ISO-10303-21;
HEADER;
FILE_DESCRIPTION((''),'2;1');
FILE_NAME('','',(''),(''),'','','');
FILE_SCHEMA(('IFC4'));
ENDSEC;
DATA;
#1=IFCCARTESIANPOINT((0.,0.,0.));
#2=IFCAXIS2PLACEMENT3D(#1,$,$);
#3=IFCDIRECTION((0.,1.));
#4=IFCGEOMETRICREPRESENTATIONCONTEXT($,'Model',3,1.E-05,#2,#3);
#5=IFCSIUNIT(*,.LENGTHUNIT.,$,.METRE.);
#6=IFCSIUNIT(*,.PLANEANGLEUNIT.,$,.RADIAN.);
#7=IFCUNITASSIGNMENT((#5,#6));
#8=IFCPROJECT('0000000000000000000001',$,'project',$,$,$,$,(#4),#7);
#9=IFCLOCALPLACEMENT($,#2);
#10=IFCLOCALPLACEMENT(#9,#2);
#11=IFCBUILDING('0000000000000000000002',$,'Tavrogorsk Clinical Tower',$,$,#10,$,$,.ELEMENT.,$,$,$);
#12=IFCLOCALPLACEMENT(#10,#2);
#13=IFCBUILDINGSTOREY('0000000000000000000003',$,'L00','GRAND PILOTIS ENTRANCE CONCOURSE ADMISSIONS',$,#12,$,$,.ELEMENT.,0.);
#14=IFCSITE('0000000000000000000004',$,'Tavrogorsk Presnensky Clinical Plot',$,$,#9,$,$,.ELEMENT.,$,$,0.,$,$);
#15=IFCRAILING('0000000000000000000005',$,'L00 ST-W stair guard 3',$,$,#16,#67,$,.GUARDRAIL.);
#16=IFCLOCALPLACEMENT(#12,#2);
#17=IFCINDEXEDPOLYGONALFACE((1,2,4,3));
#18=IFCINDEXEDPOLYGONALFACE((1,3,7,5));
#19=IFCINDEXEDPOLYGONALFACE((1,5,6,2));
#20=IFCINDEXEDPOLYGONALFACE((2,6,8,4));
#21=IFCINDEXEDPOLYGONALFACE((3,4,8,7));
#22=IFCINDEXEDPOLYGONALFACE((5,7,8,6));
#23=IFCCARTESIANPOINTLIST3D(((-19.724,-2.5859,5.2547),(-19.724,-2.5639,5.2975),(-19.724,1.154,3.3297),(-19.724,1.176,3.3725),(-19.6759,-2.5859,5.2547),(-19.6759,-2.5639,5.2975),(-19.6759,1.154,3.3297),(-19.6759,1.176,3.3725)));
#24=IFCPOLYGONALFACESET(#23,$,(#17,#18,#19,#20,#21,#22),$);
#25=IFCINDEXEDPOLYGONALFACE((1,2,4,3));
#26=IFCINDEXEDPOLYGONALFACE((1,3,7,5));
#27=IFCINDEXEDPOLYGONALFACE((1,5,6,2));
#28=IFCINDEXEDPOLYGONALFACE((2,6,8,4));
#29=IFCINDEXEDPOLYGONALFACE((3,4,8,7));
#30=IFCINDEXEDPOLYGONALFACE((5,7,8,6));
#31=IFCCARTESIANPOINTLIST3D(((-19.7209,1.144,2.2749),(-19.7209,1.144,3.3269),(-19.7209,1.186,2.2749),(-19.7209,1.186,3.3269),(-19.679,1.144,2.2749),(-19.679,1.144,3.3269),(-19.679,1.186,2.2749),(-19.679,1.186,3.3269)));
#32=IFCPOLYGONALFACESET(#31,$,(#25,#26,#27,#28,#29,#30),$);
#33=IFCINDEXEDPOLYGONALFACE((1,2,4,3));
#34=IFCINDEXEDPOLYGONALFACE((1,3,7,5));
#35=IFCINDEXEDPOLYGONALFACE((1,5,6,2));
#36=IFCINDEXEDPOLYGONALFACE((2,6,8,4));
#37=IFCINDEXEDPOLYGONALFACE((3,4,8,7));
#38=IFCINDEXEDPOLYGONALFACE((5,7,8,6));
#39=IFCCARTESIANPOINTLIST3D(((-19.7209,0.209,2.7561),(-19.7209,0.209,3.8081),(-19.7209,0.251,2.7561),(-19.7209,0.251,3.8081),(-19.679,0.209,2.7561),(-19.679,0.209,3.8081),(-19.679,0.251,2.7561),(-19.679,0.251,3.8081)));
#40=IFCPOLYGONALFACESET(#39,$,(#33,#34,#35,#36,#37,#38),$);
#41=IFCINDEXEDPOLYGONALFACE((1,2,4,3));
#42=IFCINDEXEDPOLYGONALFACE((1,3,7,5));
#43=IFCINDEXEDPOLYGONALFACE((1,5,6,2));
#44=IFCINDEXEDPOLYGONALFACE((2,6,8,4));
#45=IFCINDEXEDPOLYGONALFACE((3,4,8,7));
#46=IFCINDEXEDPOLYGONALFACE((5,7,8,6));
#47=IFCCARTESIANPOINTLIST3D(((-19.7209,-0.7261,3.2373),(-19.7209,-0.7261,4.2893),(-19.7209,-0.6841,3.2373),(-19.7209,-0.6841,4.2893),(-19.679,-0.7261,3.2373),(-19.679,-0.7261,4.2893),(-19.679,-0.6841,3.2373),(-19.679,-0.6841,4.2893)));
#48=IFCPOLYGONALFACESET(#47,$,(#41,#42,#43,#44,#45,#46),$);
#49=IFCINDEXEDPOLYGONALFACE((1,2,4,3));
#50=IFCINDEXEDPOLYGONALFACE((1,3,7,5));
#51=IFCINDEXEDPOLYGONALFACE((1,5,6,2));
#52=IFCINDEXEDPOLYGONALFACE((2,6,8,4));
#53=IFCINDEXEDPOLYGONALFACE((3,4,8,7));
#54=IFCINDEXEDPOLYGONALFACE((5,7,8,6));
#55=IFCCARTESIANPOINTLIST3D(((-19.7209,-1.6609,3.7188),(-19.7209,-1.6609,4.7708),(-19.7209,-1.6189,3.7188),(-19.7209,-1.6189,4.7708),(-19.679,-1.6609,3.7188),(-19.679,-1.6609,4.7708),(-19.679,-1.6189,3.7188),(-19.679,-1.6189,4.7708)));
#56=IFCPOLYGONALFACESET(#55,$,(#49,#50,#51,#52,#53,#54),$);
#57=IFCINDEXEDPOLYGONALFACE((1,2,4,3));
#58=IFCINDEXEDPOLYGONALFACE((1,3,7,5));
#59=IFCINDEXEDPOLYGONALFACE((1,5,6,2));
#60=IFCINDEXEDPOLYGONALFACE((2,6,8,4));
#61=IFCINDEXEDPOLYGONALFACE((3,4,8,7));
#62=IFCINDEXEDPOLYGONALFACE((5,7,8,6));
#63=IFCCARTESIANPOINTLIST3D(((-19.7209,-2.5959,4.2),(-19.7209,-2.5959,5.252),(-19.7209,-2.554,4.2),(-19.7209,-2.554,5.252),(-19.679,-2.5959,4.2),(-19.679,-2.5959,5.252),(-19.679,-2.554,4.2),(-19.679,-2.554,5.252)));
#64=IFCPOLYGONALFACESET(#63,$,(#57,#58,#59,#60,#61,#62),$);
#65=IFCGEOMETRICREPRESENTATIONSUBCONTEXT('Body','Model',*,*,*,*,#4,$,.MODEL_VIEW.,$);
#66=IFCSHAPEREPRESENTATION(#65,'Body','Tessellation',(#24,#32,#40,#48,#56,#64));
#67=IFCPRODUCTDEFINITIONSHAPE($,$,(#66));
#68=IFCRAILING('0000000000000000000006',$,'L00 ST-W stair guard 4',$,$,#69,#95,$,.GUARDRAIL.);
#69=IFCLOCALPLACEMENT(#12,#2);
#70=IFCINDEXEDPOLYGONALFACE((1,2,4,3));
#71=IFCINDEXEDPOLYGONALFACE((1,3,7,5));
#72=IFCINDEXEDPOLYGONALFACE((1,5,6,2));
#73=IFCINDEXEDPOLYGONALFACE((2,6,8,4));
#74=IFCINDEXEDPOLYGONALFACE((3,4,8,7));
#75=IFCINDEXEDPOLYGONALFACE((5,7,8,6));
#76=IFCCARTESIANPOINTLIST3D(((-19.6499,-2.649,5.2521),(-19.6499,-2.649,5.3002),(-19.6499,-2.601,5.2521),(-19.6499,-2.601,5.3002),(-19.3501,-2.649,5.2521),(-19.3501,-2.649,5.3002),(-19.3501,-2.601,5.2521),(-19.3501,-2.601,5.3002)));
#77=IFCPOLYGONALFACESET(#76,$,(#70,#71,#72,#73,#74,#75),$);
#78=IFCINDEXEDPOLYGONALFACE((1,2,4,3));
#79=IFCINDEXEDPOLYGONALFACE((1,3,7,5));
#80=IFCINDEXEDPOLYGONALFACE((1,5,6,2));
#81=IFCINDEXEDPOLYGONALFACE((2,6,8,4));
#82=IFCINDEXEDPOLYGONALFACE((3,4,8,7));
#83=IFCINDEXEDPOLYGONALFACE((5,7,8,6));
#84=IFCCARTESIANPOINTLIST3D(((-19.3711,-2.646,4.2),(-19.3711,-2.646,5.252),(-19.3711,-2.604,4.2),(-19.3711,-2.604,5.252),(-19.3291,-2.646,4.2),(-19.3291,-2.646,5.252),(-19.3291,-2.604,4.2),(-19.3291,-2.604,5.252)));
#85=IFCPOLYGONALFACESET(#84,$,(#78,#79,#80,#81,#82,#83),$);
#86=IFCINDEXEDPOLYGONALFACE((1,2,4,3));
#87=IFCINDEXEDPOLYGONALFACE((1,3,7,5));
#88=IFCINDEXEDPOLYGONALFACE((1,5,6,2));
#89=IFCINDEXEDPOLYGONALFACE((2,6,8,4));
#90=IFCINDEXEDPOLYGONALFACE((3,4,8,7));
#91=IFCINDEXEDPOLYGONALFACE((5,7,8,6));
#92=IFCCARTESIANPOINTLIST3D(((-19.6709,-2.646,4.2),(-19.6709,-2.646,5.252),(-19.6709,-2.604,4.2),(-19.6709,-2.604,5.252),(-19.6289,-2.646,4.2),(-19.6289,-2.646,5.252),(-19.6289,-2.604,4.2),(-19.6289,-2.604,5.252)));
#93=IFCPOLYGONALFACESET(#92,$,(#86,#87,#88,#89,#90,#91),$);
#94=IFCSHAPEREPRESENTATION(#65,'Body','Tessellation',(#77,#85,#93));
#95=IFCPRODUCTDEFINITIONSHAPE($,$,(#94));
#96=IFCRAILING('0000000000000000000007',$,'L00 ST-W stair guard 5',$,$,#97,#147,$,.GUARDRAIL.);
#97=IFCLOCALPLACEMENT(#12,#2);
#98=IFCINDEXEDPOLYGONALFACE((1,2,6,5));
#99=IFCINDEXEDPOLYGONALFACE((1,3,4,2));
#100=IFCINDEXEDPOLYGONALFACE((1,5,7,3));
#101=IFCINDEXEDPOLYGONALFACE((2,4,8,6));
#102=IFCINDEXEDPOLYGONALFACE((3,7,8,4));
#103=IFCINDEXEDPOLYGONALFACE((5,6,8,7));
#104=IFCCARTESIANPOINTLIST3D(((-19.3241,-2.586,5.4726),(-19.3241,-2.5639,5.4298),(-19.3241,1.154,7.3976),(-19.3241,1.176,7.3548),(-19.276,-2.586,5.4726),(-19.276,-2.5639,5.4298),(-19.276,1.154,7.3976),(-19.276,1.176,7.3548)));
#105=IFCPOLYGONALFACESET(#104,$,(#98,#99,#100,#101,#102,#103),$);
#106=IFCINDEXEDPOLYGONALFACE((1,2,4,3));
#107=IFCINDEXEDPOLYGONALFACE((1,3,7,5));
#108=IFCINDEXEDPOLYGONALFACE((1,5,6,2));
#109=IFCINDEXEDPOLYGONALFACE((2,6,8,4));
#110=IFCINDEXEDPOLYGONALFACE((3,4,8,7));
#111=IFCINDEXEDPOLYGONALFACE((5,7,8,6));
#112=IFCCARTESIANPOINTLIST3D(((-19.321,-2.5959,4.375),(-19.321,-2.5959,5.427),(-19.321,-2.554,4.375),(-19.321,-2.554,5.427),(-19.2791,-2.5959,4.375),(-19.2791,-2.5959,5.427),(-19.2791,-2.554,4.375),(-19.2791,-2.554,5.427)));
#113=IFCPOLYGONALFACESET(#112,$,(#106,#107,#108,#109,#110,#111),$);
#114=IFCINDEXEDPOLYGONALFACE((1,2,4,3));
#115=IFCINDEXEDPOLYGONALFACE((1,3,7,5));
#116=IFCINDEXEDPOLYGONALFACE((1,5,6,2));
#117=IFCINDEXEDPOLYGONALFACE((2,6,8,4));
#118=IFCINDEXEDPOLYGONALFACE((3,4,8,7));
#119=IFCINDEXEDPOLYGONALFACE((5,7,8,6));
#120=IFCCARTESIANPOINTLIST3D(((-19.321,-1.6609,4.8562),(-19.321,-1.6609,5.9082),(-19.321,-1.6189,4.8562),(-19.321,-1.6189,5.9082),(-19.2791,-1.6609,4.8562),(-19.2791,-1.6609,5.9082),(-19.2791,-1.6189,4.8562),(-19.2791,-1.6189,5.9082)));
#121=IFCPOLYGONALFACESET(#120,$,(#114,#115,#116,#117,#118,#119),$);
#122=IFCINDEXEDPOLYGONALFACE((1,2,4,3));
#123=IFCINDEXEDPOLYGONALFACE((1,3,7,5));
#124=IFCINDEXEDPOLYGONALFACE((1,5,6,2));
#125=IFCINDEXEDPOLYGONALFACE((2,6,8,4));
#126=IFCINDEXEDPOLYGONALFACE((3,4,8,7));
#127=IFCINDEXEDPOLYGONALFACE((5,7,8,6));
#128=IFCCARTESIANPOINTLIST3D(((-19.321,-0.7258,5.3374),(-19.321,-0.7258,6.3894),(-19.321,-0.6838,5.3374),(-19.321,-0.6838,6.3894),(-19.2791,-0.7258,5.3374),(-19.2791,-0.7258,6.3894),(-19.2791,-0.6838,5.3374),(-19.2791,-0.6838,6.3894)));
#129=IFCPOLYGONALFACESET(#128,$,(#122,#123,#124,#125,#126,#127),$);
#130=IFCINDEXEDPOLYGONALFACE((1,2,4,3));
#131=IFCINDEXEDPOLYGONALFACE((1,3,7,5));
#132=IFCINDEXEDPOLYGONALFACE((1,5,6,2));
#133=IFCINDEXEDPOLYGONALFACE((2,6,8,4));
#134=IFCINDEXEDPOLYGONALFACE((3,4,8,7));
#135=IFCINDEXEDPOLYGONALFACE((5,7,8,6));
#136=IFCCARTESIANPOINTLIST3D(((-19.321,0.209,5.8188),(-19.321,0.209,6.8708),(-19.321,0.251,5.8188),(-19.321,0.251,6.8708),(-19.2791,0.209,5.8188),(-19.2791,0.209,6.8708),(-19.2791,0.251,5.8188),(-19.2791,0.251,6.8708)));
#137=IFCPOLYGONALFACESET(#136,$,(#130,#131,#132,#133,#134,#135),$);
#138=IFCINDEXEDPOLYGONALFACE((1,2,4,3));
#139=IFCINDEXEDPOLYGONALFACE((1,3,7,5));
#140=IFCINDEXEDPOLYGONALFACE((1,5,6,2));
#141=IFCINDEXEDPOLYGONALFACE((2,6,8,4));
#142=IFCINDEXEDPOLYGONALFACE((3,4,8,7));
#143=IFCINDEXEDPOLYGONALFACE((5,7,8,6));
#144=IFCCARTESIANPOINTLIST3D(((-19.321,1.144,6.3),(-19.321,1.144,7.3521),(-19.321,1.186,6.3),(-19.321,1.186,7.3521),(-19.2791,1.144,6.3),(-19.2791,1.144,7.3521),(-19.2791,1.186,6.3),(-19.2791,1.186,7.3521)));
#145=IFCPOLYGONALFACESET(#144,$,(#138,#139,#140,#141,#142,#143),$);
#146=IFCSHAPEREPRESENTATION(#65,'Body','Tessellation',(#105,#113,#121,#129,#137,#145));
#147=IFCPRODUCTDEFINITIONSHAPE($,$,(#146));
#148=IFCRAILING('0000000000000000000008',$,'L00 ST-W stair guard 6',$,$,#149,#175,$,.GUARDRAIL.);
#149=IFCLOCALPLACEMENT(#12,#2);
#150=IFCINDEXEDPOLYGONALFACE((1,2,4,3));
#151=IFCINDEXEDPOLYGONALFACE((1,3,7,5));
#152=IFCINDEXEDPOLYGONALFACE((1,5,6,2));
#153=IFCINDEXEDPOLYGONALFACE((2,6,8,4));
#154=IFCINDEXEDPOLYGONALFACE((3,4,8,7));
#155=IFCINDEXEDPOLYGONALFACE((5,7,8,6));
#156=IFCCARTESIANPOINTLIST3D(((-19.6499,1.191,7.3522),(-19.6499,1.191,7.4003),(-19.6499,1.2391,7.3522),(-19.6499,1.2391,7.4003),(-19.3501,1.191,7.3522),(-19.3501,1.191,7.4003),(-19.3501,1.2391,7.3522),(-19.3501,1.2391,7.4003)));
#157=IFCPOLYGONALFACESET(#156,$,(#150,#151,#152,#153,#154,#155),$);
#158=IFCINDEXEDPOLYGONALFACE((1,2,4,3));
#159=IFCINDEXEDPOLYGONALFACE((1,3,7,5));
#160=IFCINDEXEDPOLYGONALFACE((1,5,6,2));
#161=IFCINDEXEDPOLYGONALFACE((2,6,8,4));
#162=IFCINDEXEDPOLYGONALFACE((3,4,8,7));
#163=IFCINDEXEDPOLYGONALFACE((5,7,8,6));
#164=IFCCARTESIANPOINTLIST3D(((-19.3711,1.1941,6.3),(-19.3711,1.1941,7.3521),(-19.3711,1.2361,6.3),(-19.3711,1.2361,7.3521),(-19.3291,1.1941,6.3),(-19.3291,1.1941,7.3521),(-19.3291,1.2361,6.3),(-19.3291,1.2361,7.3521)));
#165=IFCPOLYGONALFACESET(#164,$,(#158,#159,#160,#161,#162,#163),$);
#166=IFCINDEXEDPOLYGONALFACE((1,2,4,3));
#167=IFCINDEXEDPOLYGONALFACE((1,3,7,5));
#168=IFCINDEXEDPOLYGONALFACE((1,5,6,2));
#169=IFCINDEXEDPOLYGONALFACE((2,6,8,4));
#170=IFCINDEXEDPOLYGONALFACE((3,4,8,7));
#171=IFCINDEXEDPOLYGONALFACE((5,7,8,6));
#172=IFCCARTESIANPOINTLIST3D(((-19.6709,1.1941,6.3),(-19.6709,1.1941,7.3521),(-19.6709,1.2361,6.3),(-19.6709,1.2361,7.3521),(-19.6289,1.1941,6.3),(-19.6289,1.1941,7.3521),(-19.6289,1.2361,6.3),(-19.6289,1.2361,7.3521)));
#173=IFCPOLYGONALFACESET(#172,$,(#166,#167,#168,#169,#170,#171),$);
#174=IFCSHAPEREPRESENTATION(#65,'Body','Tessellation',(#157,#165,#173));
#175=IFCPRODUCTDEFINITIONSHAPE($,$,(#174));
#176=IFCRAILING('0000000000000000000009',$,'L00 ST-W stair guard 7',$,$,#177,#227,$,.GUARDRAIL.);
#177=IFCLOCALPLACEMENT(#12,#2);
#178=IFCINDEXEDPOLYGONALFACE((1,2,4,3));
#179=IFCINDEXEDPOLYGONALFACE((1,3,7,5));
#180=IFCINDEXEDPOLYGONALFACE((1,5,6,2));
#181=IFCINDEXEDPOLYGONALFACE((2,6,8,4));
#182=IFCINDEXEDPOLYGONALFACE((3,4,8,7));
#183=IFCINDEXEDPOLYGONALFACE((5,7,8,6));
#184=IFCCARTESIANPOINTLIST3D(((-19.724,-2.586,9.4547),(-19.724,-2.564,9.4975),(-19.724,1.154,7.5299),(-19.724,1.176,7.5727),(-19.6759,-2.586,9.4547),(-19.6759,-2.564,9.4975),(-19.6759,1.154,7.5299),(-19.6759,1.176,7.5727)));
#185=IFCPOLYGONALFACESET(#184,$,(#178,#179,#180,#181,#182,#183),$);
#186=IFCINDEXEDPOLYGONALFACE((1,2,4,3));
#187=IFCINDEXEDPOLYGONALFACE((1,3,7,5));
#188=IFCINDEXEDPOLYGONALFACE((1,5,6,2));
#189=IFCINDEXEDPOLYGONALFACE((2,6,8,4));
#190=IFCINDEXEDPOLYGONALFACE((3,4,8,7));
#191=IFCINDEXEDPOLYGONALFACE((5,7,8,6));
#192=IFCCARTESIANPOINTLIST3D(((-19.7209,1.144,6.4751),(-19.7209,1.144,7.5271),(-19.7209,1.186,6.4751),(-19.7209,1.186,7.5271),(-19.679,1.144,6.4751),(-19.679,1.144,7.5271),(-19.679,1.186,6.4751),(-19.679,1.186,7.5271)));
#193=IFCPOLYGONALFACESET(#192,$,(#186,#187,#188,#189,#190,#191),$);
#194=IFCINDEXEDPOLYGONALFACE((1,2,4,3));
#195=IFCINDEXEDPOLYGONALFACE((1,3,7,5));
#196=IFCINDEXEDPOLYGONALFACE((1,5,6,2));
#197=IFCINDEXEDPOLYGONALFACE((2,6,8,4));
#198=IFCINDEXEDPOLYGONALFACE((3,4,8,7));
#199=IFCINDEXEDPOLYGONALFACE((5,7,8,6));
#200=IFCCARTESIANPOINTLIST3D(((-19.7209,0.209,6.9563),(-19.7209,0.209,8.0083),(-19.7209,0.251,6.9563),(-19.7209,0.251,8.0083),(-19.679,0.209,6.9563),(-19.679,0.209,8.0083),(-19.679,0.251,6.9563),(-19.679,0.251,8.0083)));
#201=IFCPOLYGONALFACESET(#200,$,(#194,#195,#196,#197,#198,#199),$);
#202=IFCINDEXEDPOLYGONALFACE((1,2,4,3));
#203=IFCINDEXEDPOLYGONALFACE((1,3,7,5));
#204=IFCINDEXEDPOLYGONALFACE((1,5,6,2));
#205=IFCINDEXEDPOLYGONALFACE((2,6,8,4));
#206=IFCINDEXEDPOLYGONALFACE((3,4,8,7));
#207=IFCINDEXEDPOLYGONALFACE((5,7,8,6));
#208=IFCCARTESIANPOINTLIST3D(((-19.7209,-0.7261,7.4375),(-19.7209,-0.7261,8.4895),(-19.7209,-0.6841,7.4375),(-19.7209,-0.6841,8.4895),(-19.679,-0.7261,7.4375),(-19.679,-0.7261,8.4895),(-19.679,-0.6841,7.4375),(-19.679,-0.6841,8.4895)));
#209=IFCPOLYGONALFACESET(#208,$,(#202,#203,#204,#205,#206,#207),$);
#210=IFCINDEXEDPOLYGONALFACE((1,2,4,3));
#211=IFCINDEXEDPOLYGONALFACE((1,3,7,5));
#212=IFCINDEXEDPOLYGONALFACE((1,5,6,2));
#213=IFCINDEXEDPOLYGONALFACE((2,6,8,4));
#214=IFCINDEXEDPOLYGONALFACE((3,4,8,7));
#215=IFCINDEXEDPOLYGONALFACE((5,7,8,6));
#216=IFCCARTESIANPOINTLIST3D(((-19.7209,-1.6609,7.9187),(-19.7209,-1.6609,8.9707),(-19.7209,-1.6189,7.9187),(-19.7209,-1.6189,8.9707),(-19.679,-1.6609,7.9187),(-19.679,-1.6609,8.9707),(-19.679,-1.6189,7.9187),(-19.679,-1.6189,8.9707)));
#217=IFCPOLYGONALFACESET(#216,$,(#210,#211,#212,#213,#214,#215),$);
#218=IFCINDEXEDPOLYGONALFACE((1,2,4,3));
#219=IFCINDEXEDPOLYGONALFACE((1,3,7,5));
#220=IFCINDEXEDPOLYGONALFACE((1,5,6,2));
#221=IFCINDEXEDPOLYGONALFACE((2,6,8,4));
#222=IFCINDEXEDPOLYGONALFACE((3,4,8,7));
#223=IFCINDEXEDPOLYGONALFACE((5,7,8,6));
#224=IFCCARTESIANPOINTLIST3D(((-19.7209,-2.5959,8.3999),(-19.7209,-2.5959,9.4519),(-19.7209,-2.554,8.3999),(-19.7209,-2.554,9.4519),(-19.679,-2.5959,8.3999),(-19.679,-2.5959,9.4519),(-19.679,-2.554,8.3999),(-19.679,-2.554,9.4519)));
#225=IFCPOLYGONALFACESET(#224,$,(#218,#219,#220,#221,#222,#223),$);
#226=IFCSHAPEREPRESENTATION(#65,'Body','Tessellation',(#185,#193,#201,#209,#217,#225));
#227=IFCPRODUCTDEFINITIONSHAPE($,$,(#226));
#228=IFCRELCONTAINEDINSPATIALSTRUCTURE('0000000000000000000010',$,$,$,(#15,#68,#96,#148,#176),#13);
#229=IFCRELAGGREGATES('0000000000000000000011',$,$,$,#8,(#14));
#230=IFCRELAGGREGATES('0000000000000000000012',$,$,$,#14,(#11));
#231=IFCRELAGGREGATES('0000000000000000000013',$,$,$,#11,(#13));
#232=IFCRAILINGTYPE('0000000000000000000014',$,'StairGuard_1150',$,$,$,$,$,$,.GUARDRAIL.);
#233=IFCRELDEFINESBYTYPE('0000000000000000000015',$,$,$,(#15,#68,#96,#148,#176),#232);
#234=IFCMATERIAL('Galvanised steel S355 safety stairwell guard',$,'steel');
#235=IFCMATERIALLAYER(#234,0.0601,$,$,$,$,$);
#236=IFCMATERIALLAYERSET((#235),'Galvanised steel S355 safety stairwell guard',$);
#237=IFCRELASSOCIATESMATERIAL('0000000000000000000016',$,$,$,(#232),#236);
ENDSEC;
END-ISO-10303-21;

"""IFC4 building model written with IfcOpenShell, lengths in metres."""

from ifc_helpers import new_model, si_unit, direction, frame, origin, origin_2d, place, context, subcontext, project, spatial, rectangle, extrude, material, layer, layer_set, type_object, element, save


model = new_model("IFC4")

# Units and contexts
model_context = context("Model", 3, precision=1e-05, world=origin(), true_north=direction((0.0, 1.0)))
body_context = subcontext(model_context, "Body", "Model", "MODEL_VIEW")
ifc_project = project(units=[si_unit("LENGTHUNIT", "METRE"), si_unit("PLANEANGLEUNIT", "RADIAN")], contexts=[model_context])

# Site, building, storey
site_placement = place(None, origin())
site = spatial("IfcSite", under=ifc_project, at=site_placement, Name="Tavrogorsk Presnensky Clinical Plot", CompositionType="ELEMENT", RefElevation=0.0)
building_placement = place(site_placement, origin())
building = spatial("IfcBuilding", under=site, at=building_placement, Name="Tavrogorsk Clinical Tower", CompositionType="ELEMENT")
storey_placement = place(building_placement, origin())
storey = spatial("IfcBuildingStorey", under=building, at=storey_placement, Name="L00", Description="GRAND PILOTIS ENTRANCE CONCOURSE ADMISSIONS", CompositionType="ELEMENT", Elevation=0.0)

# Railings
ifc_material_1 = material(Name="Galvanised steel S355 safety stairwell guard", Category="steel")
ifc_layer_1 = layer(ifc_material_1, 0.0601)
ifc_layer_set_1 = layer_set([ifc_layer_1], Name="Galvanised steel S355 safety stairwell guard")
railing_type_1 = type_object("IfcRailingType", Name="StairGuard_1150", PredefinedType="GUARDRAIL", material=ifc_layer_set_1)
railing_1_placement = place(storey_placement, frame((-19.7, 1.165, 2.2749)))
element("IfcRailing", 1, at=railing_1_placement, inside=storey, type_object=railing_type_1, Name="L00 ST-W stair guard 3", PredefinedType="GUARDRAIL", context=body_context, shape_type="SweptSolid", body=[
    extrude(rectangle(XDim=0.0481, YDim=0.0481, at=origin_2d()), frame((0.0, 0.0, 1.0762), z_axis=(0.0, -0.889131, 0.457654), x_axis=(1.0, 0.0, 0.0)), (0.0, 0.0, 1.0), 4.2063),
    extrude(rectangle(XDim=0.042, YDim=0.042, at=origin_2d()), origin(), (0.0, 0.0, 1.0), 1.052),
    extrude(rectangle(XDim=0.042, YDim=0.042, at=origin_2d()), frame((0.0, -0.9351, 0.4812)), (0.0, 0.0, 1.0), 1.052),
    extrude(rectangle(XDim=0.042, YDim=0.042, at=origin_2d()), frame((0.0, -1.8701, 0.9624)), (0.0, 0.0, 1.0), 1.052),
    extrude(rectangle(XDim=0.042, YDim=0.042, at=origin_2d()), frame((0.0, -2.8049, 1.4438)), (0.0, 0.0, 1.0), 1.052),
    extrude(rectangle(XDim=0.042, YDim=0.042, at=origin_2d()), frame((0.0, -3.74, 1.925)), (0.0, 0.0, 1.0), 1.052),
])
railing_2_placement = place(storey_placement, frame((-19.3501, -2.625, 4.2)))
element("IfcRailing", 2, at=railing_2_placement, inside=storey, type_object=railing_type_1, Name="L00 ST-W stair guard 4", PredefinedType="GUARDRAIL", context=body_context, shape_type="SweptSolid", body=[
    extrude(rectangle(XDim=0.0481, YDim=0.0481, at=origin_2d()), frame((0.0, 0.0, 1.0762), z_axis=(-1.0, 0.0, 0.0), x_axis=(0.0, -1.0, 0.0)), (0.0, 0.0, 1.0), 0.2998),
    extrude(rectangle(XDim=0.042, YDim=0.042, at=origin_2d()), origin(), (0.0, 0.0, 1.0), 1.052),
    extrude(rectangle(XDim=0.042, YDim=0.042, at=origin_2d()), frame((-0.2998, 0.0, 0.0)), (0.0, 0.0, 1.0), 1.052),
])
railing_3_placement = place(storey_placement, frame((-19.3, -2.575, 4.375)))
element("IfcRailing", 3, at=railing_3_placement, inside=storey, type_object=railing_type_1, Name="L00 ST-W stair guard 5", PredefinedType="GUARDRAIL", context=body_context, shape_type="SweptSolid", body=[
    extrude(rectangle(XDim=0.0481, YDim=0.0481, at=origin_2d()), frame((0.0, 0.0, 1.0762), z_axis=(0.0, 0.889131, 0.457654), x_axis=(-1.0, 0.0, 0.0)), (0.0, 0.0, 1.0), 4.2063),
    extrude(rectangle(XDim=0.042, YDim=0.042, at=origin_2d()), origin(), (0.0, 0.0, 1.0), 1.052),
    extrude(rectangle(XDim=0.042, YDim=0.042, at=origin_2d()), frame((0.0, 0.9351, 0.4812)), (0.0, 0.0, 1.0), 1.052),
    extrude(rectangle(XDim=0.042, YDim=0.042, at=origin_2d()), frame((0.0, 1.8701, 0.9624)), (0.0, 0.0, 1.0), 1.052),
    extrude(rectangle(XDim=0.042, YDim=0.042, at=origin_2d()), frame((0.0, 2.8049, 1.4438)), (0.0, 0.0, 1.0), 1.052),
    extrude(rectangle(XDim=0.042, YDim=0.042, at=origin_2d()), frame((0.0, 3.74, 1.925)), (0.0, 0.0, 1.0), 1.052),
])
railing_4_placement = place(storey_placement, frame((-19.3501, 1.2151, 6.3)))
element("IfcRailing", 4, at=railing_4_placement, inside=storey, type_object=railing_type_1, Name="L00 ST-W stair guard 6", PredefinedType="GUARDRAIL", context=body_context, shape_type="SweptSolid", body=[
    extrude(rectangle(XDim=0.0481, YDim=0.0481, at=origin_2d()), frame((0.0, 0.0, 1.0762), z_axis=(-1.0, 0.0, 0.0), x_axis=(0.0, -1.0, 0.0)), (0.0, 0.0, 1.0), 0.2998),
    extrude(rectangle(XDim=0.042, YDim=0.042, at=origin_2d()), origin(), (0.0, 0.0, 1.0), 1.052),
    extrude(rectangle(XDim=0.042, YDim=0.042, at=origin_2d()), frame((-0.2998, 0.0, 0.0)), (0.0, 0.0, 1.0), 1.052),
])
railing_5_placement = place(storey_placement, frame((-19.7, 1.165, 6.4751)))
element("IfcRailing", 5, at=railing_5_placement, inside=storey, type_object=railing_type_1, Name="L00 ST-W stair guard 7", PredefinedType="GUARDRAIL", context=body_context, shape_type="SweptSolid", body=[
    extrude(rectangle(XDim=0.0481, YDim=0.0481, at=origin_2d()), frame((0.0, 0.0, 1.0762), z_axis=(0.0, -0.889154, 0.457608), x_axis=(1.0, 0.0, 0.0)), (0.0, 0.0, 1.0), 4.2063),
    extrude(rectangle(XDim=0.042, YDim=0.042, at=origin_2d()), origin(), (0.0, 0.0, 1.0), 1.052),
    extrude(rectangle(XDim=0.042, YDim=0.042, at=origin_2d()), frame((0.0, -0.9351, 0.4812)), (0.0, 0.0, 1.0), 1.052),
    extrude(rectangle(XDim=0.042, YDim=0.042, at=origin_2d()), frame((0.0, -1.8701, 0.9624)), (0.0, 0.0, 1.0), 1.052),
    extrude(rectangle(XDim=0.042, YDim=0.042, at=origin_2d()), frame((0.0, -2.8049, 1.4436)), (0.0, 0.0, 1.0), 1.052),
    extrude(rectangle(XDim=0.042, YDim=0.042, at=origin_2d()), frame((0.0, -3.74, 1.9248)), (0.0, 0.0, 1.0), 1.052),
])

save(model, "model.ifc")
